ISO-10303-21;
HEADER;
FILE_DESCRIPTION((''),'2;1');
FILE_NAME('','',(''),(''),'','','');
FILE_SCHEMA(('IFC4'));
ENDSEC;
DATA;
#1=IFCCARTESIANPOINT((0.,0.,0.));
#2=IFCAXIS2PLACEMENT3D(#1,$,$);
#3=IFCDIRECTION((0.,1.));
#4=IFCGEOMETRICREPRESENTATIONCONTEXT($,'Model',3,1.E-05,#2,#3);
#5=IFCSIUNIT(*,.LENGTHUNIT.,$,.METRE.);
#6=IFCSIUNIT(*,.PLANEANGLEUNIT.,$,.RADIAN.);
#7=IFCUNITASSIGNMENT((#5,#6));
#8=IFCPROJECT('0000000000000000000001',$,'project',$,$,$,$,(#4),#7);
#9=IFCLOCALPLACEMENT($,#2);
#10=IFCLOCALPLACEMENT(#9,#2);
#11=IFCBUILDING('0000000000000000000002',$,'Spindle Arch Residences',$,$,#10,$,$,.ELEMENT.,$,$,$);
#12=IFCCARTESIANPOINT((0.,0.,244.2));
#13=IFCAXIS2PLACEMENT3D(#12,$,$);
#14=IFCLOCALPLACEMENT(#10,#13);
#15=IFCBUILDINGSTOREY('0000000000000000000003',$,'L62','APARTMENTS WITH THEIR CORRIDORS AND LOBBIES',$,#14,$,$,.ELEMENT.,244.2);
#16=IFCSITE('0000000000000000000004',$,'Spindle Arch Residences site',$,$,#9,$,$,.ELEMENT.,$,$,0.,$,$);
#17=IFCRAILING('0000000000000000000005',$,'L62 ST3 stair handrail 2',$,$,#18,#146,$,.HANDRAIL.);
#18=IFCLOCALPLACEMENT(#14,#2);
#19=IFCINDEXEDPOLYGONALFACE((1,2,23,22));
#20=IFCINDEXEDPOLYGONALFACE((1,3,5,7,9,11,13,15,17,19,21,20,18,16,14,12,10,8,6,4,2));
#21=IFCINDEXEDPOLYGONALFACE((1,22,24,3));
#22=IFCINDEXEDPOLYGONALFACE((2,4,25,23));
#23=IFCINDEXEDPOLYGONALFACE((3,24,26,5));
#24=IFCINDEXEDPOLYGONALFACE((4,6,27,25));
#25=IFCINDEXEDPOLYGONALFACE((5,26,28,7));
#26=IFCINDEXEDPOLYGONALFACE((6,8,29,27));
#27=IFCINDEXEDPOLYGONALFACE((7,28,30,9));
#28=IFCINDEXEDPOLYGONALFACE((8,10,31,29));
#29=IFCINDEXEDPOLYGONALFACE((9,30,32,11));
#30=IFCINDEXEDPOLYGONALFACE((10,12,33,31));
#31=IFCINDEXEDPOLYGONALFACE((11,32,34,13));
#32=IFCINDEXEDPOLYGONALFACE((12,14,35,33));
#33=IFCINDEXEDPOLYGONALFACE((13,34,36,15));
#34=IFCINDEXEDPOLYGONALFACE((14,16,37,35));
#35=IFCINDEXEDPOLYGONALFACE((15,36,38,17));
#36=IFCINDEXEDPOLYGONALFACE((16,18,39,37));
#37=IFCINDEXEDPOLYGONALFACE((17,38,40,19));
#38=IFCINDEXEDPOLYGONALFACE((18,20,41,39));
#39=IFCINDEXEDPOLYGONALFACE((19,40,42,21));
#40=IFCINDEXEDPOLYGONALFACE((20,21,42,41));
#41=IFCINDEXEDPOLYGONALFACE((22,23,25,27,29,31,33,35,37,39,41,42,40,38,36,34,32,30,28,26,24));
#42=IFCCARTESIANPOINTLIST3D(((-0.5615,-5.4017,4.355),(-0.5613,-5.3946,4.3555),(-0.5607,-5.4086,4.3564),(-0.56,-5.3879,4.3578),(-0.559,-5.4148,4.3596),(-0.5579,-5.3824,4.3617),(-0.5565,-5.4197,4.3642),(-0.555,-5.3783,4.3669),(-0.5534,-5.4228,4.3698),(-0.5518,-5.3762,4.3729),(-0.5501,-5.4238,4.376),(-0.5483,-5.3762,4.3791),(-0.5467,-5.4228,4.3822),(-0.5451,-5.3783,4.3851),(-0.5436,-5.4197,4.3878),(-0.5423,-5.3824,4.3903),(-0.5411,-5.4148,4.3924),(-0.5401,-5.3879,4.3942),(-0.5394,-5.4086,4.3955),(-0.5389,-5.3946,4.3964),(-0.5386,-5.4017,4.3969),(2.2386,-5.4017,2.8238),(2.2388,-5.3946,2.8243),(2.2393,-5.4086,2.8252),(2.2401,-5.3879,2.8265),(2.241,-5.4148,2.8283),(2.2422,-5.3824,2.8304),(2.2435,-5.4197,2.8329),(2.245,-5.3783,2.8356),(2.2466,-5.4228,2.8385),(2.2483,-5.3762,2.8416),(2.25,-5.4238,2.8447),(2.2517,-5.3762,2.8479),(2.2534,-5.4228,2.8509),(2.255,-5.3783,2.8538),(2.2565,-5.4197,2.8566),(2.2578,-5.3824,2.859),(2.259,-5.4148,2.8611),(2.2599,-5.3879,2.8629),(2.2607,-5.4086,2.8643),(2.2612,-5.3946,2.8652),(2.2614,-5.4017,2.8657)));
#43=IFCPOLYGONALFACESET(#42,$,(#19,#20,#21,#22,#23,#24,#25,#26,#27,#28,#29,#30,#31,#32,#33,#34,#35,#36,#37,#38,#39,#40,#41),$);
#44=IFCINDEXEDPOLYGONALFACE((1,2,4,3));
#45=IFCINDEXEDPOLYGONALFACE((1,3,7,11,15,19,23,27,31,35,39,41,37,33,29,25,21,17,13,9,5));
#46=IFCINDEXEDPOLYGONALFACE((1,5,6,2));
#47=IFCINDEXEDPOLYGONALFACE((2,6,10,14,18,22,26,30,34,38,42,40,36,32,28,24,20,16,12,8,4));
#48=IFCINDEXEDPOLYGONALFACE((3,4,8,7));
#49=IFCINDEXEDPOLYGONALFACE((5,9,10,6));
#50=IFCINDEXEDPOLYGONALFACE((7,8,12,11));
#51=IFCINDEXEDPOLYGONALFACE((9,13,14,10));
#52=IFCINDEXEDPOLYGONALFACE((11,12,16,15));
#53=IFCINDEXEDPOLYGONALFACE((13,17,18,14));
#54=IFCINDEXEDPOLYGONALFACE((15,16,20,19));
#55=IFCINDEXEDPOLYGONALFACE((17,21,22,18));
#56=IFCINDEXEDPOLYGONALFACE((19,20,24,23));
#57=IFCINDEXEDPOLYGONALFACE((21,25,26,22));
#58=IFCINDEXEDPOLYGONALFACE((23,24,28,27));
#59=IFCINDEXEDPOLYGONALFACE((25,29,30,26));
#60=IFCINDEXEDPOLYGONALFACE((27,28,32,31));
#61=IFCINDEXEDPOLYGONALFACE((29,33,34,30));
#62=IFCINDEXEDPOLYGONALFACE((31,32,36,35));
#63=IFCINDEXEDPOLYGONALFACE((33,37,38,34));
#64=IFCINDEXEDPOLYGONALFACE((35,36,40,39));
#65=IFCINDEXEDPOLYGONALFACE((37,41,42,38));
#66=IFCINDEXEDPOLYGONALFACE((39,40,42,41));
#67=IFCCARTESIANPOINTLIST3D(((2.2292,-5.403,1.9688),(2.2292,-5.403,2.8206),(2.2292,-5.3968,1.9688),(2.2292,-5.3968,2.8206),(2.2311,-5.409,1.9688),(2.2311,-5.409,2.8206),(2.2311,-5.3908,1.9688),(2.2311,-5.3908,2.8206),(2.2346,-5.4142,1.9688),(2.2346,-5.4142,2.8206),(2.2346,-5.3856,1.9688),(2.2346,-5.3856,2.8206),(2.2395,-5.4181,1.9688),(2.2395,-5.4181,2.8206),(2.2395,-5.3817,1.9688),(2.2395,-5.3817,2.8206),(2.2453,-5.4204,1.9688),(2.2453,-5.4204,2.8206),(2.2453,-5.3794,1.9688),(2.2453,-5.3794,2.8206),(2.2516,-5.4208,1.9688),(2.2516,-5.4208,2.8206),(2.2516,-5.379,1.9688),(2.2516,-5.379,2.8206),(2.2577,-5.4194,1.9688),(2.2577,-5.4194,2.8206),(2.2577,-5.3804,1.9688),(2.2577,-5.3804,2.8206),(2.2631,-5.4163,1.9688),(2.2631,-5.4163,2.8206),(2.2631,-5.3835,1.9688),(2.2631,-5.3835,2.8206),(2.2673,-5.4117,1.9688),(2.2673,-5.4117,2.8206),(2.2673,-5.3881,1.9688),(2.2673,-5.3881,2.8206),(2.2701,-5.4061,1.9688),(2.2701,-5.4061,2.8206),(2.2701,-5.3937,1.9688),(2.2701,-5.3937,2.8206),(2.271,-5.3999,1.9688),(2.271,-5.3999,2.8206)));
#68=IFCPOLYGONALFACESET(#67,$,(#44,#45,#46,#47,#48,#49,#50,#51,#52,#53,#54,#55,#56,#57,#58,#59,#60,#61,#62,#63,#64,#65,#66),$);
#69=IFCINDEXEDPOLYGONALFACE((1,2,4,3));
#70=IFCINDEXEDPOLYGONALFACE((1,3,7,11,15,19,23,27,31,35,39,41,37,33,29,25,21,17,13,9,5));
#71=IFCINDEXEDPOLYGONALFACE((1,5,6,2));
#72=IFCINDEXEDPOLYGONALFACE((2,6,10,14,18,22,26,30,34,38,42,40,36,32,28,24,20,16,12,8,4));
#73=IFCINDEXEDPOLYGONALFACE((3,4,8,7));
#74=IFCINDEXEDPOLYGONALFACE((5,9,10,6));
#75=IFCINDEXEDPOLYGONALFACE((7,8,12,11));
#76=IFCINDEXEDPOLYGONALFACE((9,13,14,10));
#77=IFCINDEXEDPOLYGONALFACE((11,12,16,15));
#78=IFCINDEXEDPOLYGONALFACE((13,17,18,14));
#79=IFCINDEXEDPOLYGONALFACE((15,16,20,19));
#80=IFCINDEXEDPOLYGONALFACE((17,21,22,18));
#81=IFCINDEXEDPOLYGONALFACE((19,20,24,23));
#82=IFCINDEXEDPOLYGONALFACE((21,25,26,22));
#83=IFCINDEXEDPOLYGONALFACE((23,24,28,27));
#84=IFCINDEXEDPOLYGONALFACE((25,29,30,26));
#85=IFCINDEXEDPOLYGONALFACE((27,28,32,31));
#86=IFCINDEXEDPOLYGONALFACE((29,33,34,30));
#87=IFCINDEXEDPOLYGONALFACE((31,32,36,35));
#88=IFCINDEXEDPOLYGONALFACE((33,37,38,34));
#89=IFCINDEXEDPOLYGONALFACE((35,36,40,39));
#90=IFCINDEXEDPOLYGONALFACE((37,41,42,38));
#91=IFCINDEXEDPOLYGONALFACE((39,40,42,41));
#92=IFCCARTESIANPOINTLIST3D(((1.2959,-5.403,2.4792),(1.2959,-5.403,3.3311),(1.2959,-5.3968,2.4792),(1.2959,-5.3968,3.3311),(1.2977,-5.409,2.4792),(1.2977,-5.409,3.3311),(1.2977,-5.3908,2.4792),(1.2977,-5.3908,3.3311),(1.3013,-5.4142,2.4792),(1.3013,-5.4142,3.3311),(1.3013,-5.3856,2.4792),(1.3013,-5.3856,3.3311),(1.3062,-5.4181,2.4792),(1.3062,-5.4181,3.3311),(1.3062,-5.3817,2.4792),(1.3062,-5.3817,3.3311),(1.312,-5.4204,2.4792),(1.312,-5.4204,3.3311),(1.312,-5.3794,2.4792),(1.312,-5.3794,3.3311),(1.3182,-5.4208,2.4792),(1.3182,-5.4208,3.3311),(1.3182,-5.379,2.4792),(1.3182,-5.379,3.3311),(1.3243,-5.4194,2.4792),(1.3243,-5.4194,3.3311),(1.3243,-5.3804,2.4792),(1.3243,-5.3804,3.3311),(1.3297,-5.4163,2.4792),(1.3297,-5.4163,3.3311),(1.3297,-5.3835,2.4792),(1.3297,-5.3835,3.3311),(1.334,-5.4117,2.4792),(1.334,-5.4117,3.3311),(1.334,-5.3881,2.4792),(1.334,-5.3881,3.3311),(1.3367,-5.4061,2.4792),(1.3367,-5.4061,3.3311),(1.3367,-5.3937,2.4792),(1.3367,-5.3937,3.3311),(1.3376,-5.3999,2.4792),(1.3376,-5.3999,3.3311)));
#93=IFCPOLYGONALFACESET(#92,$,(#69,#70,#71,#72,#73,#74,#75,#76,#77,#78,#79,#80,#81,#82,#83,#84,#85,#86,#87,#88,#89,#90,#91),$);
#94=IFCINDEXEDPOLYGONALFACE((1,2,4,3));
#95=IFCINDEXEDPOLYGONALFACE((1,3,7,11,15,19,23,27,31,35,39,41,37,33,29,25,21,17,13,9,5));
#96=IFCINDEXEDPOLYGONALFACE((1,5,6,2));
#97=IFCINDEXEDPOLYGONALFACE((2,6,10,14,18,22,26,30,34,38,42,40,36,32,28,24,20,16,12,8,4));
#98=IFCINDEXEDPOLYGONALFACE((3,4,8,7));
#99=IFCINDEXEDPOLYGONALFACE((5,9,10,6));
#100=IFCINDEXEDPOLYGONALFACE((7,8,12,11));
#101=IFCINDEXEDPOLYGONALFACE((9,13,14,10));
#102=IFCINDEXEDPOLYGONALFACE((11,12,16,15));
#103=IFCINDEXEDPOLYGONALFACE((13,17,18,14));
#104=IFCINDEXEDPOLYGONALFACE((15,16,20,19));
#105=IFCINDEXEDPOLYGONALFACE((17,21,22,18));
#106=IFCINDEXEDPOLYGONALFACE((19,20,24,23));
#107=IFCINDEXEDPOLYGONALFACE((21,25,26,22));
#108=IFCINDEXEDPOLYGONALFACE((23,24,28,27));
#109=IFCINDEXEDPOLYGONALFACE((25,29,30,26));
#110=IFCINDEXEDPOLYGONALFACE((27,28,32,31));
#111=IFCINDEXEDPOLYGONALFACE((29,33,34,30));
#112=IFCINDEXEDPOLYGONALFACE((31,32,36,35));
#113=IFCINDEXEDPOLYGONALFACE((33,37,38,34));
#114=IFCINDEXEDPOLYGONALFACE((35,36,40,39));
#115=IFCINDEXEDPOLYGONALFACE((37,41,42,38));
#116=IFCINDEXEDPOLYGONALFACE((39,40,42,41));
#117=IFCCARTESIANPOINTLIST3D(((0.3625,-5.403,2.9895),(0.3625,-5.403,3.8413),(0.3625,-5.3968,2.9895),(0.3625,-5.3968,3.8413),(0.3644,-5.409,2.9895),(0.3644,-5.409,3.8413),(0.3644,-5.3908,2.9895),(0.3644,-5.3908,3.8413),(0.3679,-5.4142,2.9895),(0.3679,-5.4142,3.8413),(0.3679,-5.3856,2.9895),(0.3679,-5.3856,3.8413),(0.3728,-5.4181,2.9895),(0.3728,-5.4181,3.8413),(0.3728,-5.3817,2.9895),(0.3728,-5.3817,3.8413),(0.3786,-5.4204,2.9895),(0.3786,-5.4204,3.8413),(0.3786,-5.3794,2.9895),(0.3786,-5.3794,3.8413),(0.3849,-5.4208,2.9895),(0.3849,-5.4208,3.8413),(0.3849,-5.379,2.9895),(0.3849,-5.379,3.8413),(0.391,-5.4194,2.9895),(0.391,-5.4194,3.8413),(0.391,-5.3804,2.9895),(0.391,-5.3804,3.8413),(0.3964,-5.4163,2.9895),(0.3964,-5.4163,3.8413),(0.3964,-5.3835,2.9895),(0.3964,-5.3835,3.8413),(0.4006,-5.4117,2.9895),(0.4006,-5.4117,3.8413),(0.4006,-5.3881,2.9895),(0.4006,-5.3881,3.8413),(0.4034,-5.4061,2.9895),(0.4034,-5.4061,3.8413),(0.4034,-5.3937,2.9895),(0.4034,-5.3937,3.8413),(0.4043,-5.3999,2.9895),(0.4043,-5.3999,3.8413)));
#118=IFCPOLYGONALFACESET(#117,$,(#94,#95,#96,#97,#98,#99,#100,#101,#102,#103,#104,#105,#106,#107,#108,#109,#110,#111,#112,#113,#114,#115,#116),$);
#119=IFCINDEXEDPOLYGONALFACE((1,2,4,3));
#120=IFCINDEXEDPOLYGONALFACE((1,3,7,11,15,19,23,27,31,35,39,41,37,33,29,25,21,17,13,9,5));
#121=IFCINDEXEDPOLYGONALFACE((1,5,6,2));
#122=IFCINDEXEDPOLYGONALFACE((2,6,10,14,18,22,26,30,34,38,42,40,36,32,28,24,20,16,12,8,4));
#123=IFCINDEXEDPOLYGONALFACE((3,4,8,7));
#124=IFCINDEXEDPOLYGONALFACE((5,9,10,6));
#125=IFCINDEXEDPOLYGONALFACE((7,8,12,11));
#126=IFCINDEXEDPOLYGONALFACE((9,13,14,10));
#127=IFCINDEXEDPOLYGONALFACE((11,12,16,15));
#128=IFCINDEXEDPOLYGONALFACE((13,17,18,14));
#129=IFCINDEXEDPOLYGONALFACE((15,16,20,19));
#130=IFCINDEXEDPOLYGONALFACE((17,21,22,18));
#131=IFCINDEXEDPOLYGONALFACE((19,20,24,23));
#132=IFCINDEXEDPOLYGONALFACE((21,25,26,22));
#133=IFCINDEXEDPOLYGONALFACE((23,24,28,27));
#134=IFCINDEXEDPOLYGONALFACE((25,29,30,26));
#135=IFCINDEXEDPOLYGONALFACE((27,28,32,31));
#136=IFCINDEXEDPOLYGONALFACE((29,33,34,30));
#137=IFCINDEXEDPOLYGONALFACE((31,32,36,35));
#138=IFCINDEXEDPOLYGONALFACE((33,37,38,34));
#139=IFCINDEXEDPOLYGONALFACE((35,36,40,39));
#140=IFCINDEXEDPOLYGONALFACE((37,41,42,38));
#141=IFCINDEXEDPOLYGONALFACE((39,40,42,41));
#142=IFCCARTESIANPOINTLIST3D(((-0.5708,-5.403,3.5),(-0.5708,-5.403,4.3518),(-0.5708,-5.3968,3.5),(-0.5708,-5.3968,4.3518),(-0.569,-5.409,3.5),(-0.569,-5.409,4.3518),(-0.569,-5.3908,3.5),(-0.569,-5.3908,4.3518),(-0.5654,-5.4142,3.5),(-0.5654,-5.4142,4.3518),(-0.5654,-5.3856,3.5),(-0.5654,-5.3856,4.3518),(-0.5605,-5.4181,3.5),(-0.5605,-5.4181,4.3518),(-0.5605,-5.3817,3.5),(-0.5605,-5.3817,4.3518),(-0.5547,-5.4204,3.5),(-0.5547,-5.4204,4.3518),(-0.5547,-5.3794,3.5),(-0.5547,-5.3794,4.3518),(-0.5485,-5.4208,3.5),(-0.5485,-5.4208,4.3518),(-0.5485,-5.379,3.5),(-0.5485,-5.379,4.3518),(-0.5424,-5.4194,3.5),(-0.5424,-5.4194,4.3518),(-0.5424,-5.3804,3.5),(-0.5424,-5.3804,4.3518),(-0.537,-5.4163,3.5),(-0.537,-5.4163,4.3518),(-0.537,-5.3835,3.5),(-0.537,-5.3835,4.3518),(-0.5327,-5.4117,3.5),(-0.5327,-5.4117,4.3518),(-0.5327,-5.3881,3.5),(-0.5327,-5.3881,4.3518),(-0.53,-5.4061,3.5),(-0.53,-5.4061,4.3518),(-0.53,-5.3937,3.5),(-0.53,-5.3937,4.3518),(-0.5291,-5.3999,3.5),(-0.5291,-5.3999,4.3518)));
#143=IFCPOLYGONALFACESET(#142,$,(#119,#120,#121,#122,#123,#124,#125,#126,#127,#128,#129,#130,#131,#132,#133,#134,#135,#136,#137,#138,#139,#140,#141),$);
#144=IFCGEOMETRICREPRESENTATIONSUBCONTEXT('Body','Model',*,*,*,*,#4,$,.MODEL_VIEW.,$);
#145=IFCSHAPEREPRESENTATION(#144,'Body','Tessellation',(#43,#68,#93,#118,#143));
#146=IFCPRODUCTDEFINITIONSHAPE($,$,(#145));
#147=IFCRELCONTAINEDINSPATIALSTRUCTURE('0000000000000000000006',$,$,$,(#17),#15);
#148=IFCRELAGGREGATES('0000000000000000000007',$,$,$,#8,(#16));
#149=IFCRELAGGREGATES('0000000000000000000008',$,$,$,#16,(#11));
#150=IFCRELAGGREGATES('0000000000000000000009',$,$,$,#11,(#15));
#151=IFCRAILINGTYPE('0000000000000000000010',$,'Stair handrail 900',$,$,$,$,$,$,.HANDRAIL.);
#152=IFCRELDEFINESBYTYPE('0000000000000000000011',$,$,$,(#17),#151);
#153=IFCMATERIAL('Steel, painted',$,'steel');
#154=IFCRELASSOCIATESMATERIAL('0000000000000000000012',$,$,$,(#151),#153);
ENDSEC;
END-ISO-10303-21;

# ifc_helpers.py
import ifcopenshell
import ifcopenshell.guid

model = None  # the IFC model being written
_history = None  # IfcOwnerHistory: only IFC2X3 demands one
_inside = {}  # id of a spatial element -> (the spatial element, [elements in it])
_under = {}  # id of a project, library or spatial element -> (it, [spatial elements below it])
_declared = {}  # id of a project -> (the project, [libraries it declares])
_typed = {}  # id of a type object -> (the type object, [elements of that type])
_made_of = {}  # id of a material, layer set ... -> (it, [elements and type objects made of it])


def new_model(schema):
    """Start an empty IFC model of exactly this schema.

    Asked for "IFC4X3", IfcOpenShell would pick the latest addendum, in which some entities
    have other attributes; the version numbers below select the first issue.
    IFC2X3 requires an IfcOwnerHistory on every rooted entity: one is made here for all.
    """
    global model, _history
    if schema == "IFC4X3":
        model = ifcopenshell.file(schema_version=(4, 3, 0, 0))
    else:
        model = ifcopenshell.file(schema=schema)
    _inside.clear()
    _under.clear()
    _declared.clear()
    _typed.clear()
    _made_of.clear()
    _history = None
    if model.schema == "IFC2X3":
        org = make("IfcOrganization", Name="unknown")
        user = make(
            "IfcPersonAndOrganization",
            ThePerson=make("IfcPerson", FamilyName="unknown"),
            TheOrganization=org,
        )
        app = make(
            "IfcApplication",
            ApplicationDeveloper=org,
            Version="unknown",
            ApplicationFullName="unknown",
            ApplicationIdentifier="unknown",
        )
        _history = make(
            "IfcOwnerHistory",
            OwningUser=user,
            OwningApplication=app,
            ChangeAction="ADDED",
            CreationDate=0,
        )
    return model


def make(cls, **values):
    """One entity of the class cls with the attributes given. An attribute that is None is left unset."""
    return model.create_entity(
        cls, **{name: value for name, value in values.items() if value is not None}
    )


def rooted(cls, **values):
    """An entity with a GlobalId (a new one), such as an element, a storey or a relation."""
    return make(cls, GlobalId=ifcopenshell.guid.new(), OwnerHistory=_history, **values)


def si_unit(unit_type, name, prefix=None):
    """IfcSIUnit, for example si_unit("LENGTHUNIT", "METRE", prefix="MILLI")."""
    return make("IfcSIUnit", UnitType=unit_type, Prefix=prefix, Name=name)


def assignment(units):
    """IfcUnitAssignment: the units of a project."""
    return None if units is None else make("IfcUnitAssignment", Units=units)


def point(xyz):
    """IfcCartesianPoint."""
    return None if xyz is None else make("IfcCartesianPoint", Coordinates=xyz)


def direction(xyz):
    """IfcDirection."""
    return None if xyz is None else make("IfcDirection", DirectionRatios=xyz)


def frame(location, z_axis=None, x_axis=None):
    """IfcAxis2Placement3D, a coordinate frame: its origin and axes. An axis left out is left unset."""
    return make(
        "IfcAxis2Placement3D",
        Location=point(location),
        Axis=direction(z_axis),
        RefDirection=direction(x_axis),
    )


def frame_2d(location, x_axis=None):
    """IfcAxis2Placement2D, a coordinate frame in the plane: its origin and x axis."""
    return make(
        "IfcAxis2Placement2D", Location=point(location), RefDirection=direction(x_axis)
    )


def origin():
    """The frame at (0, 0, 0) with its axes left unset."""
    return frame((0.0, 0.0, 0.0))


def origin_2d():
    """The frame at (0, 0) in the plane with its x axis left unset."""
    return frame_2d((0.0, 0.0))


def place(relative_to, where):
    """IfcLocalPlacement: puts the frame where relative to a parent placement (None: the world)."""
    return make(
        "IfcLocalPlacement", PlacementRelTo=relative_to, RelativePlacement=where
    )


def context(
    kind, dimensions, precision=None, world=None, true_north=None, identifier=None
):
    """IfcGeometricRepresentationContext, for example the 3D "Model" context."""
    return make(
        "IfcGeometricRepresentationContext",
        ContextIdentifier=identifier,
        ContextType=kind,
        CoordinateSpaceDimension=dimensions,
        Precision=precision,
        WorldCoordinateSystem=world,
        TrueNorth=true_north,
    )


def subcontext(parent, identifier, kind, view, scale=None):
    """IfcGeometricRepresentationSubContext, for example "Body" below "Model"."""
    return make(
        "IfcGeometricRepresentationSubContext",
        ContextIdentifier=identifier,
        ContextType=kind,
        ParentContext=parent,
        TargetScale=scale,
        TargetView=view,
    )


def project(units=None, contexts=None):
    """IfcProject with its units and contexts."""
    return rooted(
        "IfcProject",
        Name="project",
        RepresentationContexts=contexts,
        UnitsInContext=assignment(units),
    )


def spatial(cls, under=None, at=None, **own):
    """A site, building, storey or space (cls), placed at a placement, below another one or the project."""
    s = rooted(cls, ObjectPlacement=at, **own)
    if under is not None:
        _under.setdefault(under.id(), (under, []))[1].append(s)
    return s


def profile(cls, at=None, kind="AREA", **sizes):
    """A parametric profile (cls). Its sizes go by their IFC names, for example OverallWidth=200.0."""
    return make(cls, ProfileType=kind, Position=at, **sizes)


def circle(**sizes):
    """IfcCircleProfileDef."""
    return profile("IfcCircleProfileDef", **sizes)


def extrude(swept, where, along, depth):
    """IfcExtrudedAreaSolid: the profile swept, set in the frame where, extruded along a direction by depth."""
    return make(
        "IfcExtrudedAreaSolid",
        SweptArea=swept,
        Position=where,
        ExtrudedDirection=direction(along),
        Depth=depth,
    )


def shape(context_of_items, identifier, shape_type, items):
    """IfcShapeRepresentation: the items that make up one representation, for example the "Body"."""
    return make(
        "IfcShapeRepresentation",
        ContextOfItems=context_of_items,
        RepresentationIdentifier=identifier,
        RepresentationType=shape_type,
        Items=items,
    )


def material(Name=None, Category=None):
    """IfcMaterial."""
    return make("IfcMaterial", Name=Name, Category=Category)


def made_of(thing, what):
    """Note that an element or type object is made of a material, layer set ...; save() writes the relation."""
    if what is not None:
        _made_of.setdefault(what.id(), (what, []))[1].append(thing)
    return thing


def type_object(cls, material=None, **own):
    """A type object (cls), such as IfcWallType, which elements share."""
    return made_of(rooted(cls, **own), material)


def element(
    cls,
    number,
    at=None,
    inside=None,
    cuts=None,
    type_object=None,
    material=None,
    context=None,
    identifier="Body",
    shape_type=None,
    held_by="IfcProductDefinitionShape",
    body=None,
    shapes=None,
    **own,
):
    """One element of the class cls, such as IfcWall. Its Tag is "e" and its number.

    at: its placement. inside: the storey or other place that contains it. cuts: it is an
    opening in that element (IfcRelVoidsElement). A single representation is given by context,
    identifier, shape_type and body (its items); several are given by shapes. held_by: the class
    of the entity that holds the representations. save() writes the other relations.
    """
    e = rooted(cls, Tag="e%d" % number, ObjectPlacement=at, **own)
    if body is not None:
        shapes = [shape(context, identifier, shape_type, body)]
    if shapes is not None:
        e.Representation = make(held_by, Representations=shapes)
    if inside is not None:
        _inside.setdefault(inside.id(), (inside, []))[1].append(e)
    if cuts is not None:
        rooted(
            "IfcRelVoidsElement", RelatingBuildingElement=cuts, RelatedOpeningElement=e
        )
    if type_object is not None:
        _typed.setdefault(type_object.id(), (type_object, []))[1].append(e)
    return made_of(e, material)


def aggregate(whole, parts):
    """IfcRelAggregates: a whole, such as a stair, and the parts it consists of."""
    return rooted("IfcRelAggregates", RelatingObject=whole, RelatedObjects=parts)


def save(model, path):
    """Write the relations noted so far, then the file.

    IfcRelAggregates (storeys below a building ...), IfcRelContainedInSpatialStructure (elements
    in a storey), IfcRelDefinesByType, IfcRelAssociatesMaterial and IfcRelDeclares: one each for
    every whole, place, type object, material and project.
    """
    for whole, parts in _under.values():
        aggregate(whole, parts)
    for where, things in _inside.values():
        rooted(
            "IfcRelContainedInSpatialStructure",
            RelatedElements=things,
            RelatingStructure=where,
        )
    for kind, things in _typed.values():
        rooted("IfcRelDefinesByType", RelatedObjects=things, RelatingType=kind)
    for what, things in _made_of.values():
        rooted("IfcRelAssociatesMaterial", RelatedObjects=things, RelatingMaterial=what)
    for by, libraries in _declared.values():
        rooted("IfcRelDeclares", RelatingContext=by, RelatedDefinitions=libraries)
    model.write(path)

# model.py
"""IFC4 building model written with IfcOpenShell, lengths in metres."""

from ifc_helpers import new_model, si_unit, direction, frame, origin, origin_2d, place, context, subcontext, project, spatial, circle, extrude, material, type_object, element, save


model = new_model("IFC4")

# Units and contexts
model_context = context("Model", 3, precision=1e-05, world=origin(), true_north=direction((0.0, 1.0)))
body_context = subcontext(model_context, "Body", "Model", "MODEL_VIEW")
ifc_project = project(units=[si_unit("LENGTHUNIT", "METRE"), si_unit("PLANEANGLEUNIT", "RADIAN")], contexts=[model_context])

# Site, building, storey
site_placement = place(None, origin())
site = spatial("IfcSite", under=ifc_project, at=site_placement, Name="Spindle Arch Residences site", CompositionType="ELEMENT", RefElevation=0.0)
building_placement = place(site_placement, origin())
building = spatial("IfcBuilding", under=site, at=building_placement, Name="Spindle Arch Residences", CompositionType="ELEMENT")
storey_placement = place(building_placement, frame((0.0, 0.0, 244.2)))
storey = spatial("IfcBuildingStorey", under=building, at=storey_placement, Name="L62", Description="APARTMENTS WITH THEIR CORRIDORS AND LOBBIES", CompositionType="ELEMENT", Elevation=244.2)

# Railing
ifc_material_1 = material(Name="Steel, painted", Category="steel")
railing_type = type_object("IfcRailingType", Name="Stair handrail 900", PredefinedType="HANDRAIL", material=ifc_material_1)
railing_placement = place(storey_placement, frame((2.25, -5.3999, 1.9688)))
element("IfcRailing", 1, at=railing_placement, inside=storey, type_object=railing_type, Name="L62 ST3 stair handrail 2", PredefinedType="HANDRAIL", context=body_context, shape_type="SweptSolid", body=[
    extrude(circle(Radius=0.0239, at=origin_2d()), frame((0.0, 0.0, 0.876), z_axis=(-0.877375, 0.0, 0.479806), x_axis=(0.0, -1.0, 0.0)), (0.0, 0.0, 1.0), 3.1914),
    extrude(circle(Radius=0.021, at=origin_2d()), origin(), (0.0, 0.0, 1.0), 0.8518),
    extrude(circle(Radius=0.021, at=origin_2d()), frame((-0.9333, 0.0, 0.5105)), (0.0, 0.0, 1.0), 0.8518),
    extrude(circle(Radius=0.021, at=origin_2d()), frame((-1.8667, 0.0, 1.0208)), (0.0, 0.0, 1.0), 0.8518),
    extrude(circle(Radius=0.021, at=origin_2d()), frame((-2.8, 0.0, 1.5312)), (0.0, 0.0, 1.0), 0.8518),
])

save(model, "model.ifc")
